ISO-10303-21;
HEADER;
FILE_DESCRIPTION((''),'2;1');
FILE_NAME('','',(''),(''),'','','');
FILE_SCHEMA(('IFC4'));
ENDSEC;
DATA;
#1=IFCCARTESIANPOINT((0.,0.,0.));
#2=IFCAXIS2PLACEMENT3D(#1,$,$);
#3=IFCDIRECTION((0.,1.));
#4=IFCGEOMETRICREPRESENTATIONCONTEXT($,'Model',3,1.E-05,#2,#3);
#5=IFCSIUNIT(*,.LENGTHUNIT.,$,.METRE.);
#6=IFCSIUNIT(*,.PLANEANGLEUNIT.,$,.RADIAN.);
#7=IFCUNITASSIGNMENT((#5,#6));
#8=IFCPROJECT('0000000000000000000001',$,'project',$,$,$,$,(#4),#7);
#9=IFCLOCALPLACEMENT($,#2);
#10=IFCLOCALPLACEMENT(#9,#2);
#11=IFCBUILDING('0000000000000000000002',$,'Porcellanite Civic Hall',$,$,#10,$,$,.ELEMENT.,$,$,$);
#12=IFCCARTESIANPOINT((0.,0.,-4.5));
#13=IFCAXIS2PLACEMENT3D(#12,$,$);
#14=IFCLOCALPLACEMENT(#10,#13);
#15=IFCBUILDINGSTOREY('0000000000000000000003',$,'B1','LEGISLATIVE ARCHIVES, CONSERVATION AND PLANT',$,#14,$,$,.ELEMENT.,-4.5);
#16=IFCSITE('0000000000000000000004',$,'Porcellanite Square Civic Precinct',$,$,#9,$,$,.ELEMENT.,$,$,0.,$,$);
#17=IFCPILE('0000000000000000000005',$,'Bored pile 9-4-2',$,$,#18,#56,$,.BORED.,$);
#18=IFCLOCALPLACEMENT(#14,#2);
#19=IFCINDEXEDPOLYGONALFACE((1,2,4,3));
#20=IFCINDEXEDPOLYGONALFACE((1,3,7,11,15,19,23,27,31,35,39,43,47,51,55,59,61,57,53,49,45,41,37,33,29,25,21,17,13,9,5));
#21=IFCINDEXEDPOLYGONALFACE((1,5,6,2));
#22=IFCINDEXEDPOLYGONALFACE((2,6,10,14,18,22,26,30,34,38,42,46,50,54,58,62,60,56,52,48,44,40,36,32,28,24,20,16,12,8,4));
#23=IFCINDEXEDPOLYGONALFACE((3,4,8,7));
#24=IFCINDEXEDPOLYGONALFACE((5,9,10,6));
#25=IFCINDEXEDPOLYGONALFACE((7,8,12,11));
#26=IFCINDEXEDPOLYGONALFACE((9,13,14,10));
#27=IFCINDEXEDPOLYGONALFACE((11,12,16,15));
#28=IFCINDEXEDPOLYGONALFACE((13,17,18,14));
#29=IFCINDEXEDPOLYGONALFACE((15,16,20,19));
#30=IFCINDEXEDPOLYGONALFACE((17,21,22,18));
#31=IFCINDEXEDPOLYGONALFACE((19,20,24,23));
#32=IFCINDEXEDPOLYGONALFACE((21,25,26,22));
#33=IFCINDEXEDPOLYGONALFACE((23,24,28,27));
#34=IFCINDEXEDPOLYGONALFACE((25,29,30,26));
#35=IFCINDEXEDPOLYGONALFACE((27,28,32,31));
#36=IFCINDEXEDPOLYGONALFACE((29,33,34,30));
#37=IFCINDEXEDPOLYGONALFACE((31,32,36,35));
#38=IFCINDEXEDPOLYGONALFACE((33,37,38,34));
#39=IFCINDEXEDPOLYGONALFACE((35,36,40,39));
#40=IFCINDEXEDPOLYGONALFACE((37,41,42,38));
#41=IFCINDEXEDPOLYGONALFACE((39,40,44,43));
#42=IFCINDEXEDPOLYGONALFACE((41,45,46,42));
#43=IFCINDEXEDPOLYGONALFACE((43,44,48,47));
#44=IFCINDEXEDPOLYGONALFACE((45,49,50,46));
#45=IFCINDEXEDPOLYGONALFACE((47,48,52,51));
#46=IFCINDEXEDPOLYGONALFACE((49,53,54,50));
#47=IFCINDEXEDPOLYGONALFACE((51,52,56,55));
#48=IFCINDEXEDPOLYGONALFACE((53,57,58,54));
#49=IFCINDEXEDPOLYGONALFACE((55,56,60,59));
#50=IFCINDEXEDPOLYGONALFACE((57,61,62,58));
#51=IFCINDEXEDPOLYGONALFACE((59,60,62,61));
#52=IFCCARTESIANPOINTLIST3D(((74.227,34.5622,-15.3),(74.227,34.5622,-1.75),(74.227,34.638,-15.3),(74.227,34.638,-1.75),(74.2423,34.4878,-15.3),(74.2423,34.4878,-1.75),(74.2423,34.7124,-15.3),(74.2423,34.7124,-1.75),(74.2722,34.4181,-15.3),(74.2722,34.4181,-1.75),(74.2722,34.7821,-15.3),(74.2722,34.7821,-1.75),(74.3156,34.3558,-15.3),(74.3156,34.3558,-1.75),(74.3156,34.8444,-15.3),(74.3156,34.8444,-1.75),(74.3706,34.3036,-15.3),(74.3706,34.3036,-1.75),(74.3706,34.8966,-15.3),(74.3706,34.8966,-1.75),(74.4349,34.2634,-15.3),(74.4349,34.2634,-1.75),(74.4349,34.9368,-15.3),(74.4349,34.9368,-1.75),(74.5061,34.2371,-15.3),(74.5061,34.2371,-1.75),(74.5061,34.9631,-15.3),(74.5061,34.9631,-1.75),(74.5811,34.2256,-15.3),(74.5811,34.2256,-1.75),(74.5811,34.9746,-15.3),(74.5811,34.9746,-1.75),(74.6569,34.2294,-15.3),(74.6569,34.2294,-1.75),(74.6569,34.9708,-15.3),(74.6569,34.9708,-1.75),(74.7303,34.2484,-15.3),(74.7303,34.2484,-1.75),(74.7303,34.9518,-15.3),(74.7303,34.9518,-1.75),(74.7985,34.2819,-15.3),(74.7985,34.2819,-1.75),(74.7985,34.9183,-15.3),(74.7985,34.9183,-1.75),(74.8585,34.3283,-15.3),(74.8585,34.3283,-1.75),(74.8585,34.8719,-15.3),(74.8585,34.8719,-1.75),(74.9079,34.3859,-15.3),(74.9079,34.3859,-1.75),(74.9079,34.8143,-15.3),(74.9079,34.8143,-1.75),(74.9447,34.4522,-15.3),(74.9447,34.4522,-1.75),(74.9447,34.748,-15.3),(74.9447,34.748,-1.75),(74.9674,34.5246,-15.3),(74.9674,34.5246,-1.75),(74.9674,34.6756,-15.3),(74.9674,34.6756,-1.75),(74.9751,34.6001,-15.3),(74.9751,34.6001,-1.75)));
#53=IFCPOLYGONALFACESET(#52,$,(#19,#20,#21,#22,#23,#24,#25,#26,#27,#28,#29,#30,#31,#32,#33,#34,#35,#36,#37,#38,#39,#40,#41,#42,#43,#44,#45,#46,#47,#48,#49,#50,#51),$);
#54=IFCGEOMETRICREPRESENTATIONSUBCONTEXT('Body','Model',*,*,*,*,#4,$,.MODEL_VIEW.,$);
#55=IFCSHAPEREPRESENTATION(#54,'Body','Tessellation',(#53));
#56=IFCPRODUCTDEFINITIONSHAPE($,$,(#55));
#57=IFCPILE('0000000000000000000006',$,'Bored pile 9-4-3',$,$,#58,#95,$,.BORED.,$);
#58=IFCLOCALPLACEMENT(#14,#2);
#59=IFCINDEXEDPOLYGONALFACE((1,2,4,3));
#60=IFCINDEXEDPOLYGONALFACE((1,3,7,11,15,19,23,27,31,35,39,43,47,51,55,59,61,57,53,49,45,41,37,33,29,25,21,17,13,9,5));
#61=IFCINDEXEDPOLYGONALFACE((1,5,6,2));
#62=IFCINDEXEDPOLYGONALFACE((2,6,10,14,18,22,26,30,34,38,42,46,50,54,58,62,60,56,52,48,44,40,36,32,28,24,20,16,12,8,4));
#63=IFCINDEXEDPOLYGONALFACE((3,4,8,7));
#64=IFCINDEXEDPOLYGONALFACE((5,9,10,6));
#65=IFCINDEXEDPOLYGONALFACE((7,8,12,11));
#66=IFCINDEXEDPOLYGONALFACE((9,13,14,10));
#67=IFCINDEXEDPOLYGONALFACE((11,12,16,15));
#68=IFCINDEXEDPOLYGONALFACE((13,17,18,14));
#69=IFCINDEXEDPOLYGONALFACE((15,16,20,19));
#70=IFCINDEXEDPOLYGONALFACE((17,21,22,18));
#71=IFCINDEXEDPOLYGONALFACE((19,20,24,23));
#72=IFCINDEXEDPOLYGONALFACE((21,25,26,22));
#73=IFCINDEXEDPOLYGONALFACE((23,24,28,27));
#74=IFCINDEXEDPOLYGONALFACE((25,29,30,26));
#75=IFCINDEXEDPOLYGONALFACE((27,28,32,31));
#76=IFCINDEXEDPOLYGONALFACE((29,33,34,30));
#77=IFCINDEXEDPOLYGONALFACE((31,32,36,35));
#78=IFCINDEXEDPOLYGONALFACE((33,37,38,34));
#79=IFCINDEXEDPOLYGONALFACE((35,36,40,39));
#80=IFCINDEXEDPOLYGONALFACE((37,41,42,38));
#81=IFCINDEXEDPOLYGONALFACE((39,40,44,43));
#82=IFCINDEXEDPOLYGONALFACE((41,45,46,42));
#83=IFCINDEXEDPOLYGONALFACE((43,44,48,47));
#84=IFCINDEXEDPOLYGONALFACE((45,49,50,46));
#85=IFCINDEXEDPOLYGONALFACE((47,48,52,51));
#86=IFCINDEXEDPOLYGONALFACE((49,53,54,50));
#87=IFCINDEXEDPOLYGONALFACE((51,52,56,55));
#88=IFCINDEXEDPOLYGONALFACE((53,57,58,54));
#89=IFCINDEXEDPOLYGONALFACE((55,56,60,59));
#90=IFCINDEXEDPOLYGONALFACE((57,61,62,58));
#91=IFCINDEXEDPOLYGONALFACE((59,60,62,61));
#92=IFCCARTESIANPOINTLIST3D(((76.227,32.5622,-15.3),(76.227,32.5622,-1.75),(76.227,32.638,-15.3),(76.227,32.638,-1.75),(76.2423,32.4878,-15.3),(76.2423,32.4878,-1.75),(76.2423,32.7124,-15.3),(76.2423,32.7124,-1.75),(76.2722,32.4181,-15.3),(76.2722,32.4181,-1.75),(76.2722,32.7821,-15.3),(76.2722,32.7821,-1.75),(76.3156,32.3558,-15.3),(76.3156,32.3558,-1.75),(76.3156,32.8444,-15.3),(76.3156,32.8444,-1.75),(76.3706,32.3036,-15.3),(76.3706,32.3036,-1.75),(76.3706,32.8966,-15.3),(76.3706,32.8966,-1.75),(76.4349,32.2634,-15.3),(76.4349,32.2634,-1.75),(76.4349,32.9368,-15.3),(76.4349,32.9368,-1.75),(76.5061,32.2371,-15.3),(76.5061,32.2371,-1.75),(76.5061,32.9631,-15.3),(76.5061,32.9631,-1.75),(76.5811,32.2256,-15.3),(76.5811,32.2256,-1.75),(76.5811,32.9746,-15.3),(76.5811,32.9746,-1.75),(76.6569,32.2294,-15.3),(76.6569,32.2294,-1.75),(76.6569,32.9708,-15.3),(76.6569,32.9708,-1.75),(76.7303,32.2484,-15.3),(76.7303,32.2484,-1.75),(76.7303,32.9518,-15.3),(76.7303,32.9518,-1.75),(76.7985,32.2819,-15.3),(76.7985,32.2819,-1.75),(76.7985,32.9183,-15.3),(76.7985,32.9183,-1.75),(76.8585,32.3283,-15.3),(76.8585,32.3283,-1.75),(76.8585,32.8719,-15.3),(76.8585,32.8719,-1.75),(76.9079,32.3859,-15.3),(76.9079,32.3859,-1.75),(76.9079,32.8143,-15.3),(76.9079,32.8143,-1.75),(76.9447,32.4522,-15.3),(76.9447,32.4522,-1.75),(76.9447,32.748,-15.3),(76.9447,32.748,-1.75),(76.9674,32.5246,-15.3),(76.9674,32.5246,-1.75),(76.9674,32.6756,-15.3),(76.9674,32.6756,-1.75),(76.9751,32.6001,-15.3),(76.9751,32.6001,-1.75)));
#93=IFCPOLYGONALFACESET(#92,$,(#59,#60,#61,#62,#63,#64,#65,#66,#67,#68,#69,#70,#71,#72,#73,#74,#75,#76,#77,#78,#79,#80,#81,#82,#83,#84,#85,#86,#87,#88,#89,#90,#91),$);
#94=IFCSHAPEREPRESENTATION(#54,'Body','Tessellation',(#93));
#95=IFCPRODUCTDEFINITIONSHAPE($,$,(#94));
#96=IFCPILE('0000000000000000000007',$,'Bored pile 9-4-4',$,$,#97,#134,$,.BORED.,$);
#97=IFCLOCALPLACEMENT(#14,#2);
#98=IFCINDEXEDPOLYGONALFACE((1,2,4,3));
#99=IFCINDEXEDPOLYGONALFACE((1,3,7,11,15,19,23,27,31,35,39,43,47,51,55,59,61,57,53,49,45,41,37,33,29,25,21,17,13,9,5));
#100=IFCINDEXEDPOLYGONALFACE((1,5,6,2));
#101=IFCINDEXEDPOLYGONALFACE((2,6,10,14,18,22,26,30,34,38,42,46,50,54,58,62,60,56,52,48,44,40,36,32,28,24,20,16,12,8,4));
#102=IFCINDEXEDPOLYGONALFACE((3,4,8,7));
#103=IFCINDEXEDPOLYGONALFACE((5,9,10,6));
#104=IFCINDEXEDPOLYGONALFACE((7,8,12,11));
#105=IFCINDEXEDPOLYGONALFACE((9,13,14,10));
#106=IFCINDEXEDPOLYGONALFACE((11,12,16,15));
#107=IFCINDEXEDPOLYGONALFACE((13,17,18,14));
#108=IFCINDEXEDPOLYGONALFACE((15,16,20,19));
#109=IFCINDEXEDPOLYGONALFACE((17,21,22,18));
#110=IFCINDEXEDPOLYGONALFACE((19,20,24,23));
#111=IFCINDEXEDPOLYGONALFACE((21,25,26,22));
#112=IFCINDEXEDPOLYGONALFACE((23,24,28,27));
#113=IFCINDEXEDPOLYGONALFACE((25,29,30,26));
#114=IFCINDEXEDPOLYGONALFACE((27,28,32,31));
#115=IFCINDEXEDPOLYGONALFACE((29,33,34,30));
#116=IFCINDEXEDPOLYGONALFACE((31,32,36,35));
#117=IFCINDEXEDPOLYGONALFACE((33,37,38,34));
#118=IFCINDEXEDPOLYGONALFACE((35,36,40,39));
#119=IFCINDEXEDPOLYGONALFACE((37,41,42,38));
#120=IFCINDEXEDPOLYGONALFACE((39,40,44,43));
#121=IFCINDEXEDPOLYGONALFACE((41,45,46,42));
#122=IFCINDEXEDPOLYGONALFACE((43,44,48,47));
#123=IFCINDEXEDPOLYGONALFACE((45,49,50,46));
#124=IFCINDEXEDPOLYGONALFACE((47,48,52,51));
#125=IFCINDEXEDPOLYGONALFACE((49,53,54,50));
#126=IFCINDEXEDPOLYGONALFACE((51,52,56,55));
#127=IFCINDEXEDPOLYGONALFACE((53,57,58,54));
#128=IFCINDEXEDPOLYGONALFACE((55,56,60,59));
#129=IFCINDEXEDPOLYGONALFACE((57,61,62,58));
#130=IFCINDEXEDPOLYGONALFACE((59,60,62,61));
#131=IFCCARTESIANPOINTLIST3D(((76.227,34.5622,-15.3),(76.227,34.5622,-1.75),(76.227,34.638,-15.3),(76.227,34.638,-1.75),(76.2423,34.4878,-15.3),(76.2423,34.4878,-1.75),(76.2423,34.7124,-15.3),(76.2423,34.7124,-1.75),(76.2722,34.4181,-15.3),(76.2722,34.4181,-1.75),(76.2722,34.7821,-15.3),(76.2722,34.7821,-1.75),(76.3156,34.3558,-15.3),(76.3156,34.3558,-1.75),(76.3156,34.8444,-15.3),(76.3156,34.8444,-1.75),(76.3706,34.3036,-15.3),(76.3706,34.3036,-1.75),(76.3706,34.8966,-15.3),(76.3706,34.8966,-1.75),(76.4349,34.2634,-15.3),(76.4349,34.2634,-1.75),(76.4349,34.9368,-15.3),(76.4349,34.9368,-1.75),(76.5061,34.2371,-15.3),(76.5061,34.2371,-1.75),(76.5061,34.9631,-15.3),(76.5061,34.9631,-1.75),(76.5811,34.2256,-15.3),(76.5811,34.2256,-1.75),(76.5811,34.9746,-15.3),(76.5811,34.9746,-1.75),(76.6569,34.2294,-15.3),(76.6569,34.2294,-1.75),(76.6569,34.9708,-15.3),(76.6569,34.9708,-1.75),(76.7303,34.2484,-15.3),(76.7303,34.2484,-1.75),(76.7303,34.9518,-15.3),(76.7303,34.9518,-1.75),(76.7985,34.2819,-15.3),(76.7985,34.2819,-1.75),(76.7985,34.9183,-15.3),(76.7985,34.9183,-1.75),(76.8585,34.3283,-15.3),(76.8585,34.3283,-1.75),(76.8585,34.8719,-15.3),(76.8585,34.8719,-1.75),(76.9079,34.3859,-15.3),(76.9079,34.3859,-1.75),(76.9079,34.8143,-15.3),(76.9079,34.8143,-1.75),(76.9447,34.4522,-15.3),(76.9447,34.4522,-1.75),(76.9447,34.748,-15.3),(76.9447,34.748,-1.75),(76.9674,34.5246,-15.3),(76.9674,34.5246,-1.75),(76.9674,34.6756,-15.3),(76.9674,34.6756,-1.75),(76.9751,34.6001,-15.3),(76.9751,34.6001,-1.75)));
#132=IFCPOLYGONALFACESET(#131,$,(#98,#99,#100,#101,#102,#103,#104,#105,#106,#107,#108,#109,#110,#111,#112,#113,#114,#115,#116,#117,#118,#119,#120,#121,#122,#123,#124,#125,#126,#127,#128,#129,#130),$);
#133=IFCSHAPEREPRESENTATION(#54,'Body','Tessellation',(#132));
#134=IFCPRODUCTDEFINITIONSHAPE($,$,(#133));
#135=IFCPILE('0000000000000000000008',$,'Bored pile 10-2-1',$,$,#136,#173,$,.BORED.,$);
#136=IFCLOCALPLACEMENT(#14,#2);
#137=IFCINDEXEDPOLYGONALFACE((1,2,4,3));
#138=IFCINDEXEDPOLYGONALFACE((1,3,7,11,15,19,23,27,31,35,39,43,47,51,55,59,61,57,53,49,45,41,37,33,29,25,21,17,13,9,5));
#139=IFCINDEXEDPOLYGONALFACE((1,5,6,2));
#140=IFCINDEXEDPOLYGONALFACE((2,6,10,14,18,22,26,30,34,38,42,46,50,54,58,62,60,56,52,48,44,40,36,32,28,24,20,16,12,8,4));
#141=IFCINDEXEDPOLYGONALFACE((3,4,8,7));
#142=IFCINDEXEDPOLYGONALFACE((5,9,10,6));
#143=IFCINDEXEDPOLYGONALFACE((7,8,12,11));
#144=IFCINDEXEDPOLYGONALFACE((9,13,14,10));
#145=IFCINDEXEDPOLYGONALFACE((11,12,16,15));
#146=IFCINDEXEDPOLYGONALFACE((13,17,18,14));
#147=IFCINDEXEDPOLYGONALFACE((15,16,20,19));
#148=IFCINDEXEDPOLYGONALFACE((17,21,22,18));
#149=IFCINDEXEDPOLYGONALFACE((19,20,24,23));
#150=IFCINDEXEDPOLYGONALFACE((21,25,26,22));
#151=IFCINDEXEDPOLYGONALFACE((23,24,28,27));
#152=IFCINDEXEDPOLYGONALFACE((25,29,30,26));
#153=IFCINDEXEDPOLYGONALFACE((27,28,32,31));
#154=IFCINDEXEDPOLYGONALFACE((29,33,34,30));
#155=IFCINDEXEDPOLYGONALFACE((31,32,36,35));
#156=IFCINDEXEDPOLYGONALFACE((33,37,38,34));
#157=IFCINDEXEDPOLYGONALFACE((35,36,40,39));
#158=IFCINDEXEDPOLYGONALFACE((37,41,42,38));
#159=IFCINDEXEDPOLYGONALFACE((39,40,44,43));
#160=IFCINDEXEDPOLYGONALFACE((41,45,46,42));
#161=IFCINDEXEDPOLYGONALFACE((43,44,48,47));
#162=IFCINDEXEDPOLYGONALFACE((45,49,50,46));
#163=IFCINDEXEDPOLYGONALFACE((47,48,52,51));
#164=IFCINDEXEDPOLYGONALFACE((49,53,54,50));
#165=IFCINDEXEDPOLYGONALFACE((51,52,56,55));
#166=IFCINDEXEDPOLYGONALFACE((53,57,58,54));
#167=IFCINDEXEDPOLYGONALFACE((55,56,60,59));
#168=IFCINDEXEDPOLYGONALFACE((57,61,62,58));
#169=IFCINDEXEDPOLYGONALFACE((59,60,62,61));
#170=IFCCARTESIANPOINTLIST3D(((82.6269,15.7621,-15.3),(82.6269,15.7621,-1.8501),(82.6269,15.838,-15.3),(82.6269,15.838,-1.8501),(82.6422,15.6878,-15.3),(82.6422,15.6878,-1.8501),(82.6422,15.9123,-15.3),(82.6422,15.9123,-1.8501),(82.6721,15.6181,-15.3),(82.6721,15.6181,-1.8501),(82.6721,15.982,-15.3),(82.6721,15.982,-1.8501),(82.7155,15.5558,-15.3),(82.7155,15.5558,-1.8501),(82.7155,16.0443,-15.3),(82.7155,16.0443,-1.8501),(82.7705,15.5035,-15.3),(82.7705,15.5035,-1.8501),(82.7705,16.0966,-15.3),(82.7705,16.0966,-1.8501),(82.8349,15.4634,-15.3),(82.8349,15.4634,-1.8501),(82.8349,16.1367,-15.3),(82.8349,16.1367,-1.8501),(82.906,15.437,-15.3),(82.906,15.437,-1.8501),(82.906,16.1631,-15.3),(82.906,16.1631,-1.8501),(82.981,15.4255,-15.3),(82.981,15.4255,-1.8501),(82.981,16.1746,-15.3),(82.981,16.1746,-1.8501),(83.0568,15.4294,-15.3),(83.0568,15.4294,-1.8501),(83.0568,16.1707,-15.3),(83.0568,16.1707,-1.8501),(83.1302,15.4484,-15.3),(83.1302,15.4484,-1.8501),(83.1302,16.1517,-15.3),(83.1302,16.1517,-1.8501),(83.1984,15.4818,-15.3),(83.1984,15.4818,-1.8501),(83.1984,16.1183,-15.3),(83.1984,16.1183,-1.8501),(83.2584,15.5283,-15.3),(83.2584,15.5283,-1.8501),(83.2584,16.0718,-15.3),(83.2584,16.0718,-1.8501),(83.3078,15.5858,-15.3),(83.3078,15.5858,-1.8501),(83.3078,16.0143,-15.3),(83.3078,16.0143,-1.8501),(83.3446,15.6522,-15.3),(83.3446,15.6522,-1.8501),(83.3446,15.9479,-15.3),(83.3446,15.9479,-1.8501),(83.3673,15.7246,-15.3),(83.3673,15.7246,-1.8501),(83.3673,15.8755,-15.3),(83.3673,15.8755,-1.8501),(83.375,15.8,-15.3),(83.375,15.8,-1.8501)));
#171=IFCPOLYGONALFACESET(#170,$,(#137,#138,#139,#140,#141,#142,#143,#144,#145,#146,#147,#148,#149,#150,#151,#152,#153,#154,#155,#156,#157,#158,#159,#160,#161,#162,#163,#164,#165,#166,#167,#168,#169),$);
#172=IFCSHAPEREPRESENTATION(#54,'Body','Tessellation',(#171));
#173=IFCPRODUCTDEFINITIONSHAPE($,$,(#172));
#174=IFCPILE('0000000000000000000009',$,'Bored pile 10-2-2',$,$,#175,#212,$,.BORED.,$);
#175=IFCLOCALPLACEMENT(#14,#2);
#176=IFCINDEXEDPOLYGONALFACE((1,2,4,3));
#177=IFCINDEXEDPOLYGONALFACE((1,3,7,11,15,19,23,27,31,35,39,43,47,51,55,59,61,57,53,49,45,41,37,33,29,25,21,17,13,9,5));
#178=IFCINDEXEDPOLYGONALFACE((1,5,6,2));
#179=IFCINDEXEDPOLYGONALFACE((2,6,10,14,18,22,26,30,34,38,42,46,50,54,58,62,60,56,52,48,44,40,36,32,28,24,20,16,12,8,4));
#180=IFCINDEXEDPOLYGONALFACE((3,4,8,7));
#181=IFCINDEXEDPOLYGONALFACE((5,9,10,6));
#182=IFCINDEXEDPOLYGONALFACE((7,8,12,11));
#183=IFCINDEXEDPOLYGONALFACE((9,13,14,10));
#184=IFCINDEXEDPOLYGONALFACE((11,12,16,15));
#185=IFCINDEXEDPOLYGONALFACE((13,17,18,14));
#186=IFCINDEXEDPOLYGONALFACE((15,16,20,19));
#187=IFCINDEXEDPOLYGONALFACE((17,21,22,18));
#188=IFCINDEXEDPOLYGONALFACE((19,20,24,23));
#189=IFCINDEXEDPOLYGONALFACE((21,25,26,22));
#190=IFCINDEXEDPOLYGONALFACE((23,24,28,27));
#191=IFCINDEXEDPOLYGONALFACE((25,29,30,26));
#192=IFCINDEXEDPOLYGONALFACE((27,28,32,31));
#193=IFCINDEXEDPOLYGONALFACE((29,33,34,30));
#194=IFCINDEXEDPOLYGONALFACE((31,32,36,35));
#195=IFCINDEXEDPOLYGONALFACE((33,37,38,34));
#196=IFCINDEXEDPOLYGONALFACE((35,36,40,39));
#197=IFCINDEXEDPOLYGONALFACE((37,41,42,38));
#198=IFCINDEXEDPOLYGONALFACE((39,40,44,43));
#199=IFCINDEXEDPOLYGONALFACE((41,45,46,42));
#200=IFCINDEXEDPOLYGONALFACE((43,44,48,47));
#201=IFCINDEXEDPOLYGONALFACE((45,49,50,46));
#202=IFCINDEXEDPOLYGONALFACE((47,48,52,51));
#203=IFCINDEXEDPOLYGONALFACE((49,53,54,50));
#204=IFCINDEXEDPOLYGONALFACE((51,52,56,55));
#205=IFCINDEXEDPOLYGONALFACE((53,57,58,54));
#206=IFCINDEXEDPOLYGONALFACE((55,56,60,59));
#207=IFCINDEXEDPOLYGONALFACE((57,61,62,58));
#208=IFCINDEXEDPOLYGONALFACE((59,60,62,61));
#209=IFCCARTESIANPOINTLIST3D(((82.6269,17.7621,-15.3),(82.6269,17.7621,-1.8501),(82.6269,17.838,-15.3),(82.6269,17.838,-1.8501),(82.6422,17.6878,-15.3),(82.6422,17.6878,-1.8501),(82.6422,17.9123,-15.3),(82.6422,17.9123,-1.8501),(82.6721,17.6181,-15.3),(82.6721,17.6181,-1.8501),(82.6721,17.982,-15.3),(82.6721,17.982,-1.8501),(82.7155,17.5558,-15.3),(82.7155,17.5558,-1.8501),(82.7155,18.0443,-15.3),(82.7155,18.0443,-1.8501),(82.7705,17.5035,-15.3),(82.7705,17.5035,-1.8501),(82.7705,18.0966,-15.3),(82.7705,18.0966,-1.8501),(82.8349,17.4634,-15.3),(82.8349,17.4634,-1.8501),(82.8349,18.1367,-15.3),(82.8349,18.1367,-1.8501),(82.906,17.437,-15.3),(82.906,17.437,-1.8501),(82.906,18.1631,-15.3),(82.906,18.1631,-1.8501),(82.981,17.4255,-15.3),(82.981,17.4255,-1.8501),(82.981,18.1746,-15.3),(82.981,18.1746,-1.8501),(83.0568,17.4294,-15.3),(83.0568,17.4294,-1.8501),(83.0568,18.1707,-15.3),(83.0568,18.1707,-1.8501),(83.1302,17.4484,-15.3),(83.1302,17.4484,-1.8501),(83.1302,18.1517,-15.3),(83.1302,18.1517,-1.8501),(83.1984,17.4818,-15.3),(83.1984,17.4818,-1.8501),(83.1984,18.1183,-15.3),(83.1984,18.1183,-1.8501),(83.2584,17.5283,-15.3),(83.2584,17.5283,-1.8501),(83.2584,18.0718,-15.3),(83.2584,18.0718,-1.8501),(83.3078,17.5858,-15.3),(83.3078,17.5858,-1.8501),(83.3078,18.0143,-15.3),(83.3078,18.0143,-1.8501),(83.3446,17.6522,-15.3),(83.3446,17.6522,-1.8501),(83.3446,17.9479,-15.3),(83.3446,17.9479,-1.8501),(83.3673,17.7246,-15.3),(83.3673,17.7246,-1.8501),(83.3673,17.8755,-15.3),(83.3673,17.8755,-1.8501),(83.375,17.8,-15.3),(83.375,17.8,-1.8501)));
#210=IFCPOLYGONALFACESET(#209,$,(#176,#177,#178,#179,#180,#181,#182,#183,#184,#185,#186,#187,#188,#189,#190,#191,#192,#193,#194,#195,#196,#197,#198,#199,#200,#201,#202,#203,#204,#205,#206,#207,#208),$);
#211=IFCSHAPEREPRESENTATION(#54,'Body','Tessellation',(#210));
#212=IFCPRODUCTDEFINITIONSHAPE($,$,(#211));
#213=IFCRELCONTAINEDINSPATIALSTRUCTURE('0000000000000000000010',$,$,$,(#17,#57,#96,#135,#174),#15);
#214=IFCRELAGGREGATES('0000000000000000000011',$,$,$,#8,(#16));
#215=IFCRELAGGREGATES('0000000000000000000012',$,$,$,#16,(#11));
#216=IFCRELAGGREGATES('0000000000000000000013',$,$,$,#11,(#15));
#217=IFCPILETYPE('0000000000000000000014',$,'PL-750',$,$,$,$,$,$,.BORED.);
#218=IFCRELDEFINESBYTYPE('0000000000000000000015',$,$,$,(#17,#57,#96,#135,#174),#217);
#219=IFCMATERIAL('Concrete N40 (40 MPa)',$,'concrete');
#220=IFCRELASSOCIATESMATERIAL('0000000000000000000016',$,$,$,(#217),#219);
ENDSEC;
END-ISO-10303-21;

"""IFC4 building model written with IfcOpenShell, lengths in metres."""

from ifc_helpers import new_model, si_unit, direction, frame, origin, origin_2d, place, context, subcontext, project, spatial, circle, extrude, material, material_profile, profile_set, type_object, element, save


model = new_model("IFC4")

# Units and contexts
model_context = context("Model", 3, precision=1e-05, world=origin(), true_north=direction((0.0, 1.0)))
body_context = subcontext(model_context, "Body", "Model", "MODEL_VIEW")
ifc_project = project(units=[si_unit("LENGTHUNIT", "METRE"), si_unit("PLANEANGLEUNIT", "RADIAN")], contexts=[model_context])

# Site, building, storey
site_placement = place(None, origin())
site = spatial("IfcSite", under=ifc_project, at=site_placement, Name="Porcellanite Square Civic Precinct", CompositionType="ELEMENT", RefElevation=0.0)
building_placement = place(site_placement, origin())
building = spatial("IfcBuilding", under=site, at=building_placement, Name="Porcellanite Civic Hall", CompositionType="ELEMENT")
storey_placement = place(building_placement, frame((0.0, 0.0, -4.5)))
storey = spatial("IfcBuildingStorey", under=building, at=storey_placement, Name="B1", Description="LEGISLATIVE ARCHIVES, CONSERVATION AND PLANT", CompositionType="ELEMENT", Elevation=-4.5)

# Piles
ifc_material_1 = material(Name="Concrete N40 (40 MPa)", Category="concrete")
ifc_material_profile_1 = material_profile(ifc_material_1, circle(Radius=0.375, at=origin_2d()), Name="PILE-D750")
ifc_profile_set_1 = profile_set([ifc_material_profile_1], Name="Concrete N40 (40 MPa)")
pile_type_1 = type_object("IfcPileType", Name="PL-750", PredefinedType="BORED", material=ifc_profile_set_1)
for number, where, z_axis, x_axis, name in (
    (1, (74.6001, 34.6001, -1.75), (0.0, 0.0, -1.0), (1.0, 0.0, 0.0), "Bored pile 9-4-2"),
    (2, (76.6001, 32.6001, -1.75), (0.0, 0.0, -1.0), (1.0, 0.0, 0.0), "Bored pile 9-4-3"),
    (3, (76.6001, 34.6001, -1.75), (0.0, 0.0, -1.0), (1.0, 0.0, 0.0), "Bored pile 9-4-4"),
):
    element("IfcPile", number, at=place(storey_placement, frame(where, z_axis=z_axis, x_axis=x_axis)), inside=storey, type_object=pile_type_1, Name=name, PredefinedType="BORED", context=body_context, shape_type="SweptSolid", body=[
        extrude(circle(Radius=0.375, at=origin_2d()), origin(), (0.0, 0.0, 1.0), 13.55),
    ])
for number, where, z_axis, x_axis, name in (
    (4, (83.0, 15.8, -1.8501), (0.0, 0.0, -1.0), (1.0, 0.0, 0.0), "Bored pile 10-2-1"),
    (5, (83.0, 17.8, -1.8501), (0.0, 0.0, -1.0), (1.0, 0.0, 0.0), "Bored pile 10-2-2"),
):
    element("IfcPile", number, at=place(storey_placement, frame(where, z_axis=z_axis, x_axis=x_axis)), inside=storey, type_object=pile_type_1, Name=name, PredefinedType="BORED", context=body_context, shape_type="SweptSolid", body=[
        extrude(circle(Radius=0.375, at=origin_2d()), origin(), (0.0, 0.0, 1.0), 13.45),
    ])

save(model, "model.ifc")
